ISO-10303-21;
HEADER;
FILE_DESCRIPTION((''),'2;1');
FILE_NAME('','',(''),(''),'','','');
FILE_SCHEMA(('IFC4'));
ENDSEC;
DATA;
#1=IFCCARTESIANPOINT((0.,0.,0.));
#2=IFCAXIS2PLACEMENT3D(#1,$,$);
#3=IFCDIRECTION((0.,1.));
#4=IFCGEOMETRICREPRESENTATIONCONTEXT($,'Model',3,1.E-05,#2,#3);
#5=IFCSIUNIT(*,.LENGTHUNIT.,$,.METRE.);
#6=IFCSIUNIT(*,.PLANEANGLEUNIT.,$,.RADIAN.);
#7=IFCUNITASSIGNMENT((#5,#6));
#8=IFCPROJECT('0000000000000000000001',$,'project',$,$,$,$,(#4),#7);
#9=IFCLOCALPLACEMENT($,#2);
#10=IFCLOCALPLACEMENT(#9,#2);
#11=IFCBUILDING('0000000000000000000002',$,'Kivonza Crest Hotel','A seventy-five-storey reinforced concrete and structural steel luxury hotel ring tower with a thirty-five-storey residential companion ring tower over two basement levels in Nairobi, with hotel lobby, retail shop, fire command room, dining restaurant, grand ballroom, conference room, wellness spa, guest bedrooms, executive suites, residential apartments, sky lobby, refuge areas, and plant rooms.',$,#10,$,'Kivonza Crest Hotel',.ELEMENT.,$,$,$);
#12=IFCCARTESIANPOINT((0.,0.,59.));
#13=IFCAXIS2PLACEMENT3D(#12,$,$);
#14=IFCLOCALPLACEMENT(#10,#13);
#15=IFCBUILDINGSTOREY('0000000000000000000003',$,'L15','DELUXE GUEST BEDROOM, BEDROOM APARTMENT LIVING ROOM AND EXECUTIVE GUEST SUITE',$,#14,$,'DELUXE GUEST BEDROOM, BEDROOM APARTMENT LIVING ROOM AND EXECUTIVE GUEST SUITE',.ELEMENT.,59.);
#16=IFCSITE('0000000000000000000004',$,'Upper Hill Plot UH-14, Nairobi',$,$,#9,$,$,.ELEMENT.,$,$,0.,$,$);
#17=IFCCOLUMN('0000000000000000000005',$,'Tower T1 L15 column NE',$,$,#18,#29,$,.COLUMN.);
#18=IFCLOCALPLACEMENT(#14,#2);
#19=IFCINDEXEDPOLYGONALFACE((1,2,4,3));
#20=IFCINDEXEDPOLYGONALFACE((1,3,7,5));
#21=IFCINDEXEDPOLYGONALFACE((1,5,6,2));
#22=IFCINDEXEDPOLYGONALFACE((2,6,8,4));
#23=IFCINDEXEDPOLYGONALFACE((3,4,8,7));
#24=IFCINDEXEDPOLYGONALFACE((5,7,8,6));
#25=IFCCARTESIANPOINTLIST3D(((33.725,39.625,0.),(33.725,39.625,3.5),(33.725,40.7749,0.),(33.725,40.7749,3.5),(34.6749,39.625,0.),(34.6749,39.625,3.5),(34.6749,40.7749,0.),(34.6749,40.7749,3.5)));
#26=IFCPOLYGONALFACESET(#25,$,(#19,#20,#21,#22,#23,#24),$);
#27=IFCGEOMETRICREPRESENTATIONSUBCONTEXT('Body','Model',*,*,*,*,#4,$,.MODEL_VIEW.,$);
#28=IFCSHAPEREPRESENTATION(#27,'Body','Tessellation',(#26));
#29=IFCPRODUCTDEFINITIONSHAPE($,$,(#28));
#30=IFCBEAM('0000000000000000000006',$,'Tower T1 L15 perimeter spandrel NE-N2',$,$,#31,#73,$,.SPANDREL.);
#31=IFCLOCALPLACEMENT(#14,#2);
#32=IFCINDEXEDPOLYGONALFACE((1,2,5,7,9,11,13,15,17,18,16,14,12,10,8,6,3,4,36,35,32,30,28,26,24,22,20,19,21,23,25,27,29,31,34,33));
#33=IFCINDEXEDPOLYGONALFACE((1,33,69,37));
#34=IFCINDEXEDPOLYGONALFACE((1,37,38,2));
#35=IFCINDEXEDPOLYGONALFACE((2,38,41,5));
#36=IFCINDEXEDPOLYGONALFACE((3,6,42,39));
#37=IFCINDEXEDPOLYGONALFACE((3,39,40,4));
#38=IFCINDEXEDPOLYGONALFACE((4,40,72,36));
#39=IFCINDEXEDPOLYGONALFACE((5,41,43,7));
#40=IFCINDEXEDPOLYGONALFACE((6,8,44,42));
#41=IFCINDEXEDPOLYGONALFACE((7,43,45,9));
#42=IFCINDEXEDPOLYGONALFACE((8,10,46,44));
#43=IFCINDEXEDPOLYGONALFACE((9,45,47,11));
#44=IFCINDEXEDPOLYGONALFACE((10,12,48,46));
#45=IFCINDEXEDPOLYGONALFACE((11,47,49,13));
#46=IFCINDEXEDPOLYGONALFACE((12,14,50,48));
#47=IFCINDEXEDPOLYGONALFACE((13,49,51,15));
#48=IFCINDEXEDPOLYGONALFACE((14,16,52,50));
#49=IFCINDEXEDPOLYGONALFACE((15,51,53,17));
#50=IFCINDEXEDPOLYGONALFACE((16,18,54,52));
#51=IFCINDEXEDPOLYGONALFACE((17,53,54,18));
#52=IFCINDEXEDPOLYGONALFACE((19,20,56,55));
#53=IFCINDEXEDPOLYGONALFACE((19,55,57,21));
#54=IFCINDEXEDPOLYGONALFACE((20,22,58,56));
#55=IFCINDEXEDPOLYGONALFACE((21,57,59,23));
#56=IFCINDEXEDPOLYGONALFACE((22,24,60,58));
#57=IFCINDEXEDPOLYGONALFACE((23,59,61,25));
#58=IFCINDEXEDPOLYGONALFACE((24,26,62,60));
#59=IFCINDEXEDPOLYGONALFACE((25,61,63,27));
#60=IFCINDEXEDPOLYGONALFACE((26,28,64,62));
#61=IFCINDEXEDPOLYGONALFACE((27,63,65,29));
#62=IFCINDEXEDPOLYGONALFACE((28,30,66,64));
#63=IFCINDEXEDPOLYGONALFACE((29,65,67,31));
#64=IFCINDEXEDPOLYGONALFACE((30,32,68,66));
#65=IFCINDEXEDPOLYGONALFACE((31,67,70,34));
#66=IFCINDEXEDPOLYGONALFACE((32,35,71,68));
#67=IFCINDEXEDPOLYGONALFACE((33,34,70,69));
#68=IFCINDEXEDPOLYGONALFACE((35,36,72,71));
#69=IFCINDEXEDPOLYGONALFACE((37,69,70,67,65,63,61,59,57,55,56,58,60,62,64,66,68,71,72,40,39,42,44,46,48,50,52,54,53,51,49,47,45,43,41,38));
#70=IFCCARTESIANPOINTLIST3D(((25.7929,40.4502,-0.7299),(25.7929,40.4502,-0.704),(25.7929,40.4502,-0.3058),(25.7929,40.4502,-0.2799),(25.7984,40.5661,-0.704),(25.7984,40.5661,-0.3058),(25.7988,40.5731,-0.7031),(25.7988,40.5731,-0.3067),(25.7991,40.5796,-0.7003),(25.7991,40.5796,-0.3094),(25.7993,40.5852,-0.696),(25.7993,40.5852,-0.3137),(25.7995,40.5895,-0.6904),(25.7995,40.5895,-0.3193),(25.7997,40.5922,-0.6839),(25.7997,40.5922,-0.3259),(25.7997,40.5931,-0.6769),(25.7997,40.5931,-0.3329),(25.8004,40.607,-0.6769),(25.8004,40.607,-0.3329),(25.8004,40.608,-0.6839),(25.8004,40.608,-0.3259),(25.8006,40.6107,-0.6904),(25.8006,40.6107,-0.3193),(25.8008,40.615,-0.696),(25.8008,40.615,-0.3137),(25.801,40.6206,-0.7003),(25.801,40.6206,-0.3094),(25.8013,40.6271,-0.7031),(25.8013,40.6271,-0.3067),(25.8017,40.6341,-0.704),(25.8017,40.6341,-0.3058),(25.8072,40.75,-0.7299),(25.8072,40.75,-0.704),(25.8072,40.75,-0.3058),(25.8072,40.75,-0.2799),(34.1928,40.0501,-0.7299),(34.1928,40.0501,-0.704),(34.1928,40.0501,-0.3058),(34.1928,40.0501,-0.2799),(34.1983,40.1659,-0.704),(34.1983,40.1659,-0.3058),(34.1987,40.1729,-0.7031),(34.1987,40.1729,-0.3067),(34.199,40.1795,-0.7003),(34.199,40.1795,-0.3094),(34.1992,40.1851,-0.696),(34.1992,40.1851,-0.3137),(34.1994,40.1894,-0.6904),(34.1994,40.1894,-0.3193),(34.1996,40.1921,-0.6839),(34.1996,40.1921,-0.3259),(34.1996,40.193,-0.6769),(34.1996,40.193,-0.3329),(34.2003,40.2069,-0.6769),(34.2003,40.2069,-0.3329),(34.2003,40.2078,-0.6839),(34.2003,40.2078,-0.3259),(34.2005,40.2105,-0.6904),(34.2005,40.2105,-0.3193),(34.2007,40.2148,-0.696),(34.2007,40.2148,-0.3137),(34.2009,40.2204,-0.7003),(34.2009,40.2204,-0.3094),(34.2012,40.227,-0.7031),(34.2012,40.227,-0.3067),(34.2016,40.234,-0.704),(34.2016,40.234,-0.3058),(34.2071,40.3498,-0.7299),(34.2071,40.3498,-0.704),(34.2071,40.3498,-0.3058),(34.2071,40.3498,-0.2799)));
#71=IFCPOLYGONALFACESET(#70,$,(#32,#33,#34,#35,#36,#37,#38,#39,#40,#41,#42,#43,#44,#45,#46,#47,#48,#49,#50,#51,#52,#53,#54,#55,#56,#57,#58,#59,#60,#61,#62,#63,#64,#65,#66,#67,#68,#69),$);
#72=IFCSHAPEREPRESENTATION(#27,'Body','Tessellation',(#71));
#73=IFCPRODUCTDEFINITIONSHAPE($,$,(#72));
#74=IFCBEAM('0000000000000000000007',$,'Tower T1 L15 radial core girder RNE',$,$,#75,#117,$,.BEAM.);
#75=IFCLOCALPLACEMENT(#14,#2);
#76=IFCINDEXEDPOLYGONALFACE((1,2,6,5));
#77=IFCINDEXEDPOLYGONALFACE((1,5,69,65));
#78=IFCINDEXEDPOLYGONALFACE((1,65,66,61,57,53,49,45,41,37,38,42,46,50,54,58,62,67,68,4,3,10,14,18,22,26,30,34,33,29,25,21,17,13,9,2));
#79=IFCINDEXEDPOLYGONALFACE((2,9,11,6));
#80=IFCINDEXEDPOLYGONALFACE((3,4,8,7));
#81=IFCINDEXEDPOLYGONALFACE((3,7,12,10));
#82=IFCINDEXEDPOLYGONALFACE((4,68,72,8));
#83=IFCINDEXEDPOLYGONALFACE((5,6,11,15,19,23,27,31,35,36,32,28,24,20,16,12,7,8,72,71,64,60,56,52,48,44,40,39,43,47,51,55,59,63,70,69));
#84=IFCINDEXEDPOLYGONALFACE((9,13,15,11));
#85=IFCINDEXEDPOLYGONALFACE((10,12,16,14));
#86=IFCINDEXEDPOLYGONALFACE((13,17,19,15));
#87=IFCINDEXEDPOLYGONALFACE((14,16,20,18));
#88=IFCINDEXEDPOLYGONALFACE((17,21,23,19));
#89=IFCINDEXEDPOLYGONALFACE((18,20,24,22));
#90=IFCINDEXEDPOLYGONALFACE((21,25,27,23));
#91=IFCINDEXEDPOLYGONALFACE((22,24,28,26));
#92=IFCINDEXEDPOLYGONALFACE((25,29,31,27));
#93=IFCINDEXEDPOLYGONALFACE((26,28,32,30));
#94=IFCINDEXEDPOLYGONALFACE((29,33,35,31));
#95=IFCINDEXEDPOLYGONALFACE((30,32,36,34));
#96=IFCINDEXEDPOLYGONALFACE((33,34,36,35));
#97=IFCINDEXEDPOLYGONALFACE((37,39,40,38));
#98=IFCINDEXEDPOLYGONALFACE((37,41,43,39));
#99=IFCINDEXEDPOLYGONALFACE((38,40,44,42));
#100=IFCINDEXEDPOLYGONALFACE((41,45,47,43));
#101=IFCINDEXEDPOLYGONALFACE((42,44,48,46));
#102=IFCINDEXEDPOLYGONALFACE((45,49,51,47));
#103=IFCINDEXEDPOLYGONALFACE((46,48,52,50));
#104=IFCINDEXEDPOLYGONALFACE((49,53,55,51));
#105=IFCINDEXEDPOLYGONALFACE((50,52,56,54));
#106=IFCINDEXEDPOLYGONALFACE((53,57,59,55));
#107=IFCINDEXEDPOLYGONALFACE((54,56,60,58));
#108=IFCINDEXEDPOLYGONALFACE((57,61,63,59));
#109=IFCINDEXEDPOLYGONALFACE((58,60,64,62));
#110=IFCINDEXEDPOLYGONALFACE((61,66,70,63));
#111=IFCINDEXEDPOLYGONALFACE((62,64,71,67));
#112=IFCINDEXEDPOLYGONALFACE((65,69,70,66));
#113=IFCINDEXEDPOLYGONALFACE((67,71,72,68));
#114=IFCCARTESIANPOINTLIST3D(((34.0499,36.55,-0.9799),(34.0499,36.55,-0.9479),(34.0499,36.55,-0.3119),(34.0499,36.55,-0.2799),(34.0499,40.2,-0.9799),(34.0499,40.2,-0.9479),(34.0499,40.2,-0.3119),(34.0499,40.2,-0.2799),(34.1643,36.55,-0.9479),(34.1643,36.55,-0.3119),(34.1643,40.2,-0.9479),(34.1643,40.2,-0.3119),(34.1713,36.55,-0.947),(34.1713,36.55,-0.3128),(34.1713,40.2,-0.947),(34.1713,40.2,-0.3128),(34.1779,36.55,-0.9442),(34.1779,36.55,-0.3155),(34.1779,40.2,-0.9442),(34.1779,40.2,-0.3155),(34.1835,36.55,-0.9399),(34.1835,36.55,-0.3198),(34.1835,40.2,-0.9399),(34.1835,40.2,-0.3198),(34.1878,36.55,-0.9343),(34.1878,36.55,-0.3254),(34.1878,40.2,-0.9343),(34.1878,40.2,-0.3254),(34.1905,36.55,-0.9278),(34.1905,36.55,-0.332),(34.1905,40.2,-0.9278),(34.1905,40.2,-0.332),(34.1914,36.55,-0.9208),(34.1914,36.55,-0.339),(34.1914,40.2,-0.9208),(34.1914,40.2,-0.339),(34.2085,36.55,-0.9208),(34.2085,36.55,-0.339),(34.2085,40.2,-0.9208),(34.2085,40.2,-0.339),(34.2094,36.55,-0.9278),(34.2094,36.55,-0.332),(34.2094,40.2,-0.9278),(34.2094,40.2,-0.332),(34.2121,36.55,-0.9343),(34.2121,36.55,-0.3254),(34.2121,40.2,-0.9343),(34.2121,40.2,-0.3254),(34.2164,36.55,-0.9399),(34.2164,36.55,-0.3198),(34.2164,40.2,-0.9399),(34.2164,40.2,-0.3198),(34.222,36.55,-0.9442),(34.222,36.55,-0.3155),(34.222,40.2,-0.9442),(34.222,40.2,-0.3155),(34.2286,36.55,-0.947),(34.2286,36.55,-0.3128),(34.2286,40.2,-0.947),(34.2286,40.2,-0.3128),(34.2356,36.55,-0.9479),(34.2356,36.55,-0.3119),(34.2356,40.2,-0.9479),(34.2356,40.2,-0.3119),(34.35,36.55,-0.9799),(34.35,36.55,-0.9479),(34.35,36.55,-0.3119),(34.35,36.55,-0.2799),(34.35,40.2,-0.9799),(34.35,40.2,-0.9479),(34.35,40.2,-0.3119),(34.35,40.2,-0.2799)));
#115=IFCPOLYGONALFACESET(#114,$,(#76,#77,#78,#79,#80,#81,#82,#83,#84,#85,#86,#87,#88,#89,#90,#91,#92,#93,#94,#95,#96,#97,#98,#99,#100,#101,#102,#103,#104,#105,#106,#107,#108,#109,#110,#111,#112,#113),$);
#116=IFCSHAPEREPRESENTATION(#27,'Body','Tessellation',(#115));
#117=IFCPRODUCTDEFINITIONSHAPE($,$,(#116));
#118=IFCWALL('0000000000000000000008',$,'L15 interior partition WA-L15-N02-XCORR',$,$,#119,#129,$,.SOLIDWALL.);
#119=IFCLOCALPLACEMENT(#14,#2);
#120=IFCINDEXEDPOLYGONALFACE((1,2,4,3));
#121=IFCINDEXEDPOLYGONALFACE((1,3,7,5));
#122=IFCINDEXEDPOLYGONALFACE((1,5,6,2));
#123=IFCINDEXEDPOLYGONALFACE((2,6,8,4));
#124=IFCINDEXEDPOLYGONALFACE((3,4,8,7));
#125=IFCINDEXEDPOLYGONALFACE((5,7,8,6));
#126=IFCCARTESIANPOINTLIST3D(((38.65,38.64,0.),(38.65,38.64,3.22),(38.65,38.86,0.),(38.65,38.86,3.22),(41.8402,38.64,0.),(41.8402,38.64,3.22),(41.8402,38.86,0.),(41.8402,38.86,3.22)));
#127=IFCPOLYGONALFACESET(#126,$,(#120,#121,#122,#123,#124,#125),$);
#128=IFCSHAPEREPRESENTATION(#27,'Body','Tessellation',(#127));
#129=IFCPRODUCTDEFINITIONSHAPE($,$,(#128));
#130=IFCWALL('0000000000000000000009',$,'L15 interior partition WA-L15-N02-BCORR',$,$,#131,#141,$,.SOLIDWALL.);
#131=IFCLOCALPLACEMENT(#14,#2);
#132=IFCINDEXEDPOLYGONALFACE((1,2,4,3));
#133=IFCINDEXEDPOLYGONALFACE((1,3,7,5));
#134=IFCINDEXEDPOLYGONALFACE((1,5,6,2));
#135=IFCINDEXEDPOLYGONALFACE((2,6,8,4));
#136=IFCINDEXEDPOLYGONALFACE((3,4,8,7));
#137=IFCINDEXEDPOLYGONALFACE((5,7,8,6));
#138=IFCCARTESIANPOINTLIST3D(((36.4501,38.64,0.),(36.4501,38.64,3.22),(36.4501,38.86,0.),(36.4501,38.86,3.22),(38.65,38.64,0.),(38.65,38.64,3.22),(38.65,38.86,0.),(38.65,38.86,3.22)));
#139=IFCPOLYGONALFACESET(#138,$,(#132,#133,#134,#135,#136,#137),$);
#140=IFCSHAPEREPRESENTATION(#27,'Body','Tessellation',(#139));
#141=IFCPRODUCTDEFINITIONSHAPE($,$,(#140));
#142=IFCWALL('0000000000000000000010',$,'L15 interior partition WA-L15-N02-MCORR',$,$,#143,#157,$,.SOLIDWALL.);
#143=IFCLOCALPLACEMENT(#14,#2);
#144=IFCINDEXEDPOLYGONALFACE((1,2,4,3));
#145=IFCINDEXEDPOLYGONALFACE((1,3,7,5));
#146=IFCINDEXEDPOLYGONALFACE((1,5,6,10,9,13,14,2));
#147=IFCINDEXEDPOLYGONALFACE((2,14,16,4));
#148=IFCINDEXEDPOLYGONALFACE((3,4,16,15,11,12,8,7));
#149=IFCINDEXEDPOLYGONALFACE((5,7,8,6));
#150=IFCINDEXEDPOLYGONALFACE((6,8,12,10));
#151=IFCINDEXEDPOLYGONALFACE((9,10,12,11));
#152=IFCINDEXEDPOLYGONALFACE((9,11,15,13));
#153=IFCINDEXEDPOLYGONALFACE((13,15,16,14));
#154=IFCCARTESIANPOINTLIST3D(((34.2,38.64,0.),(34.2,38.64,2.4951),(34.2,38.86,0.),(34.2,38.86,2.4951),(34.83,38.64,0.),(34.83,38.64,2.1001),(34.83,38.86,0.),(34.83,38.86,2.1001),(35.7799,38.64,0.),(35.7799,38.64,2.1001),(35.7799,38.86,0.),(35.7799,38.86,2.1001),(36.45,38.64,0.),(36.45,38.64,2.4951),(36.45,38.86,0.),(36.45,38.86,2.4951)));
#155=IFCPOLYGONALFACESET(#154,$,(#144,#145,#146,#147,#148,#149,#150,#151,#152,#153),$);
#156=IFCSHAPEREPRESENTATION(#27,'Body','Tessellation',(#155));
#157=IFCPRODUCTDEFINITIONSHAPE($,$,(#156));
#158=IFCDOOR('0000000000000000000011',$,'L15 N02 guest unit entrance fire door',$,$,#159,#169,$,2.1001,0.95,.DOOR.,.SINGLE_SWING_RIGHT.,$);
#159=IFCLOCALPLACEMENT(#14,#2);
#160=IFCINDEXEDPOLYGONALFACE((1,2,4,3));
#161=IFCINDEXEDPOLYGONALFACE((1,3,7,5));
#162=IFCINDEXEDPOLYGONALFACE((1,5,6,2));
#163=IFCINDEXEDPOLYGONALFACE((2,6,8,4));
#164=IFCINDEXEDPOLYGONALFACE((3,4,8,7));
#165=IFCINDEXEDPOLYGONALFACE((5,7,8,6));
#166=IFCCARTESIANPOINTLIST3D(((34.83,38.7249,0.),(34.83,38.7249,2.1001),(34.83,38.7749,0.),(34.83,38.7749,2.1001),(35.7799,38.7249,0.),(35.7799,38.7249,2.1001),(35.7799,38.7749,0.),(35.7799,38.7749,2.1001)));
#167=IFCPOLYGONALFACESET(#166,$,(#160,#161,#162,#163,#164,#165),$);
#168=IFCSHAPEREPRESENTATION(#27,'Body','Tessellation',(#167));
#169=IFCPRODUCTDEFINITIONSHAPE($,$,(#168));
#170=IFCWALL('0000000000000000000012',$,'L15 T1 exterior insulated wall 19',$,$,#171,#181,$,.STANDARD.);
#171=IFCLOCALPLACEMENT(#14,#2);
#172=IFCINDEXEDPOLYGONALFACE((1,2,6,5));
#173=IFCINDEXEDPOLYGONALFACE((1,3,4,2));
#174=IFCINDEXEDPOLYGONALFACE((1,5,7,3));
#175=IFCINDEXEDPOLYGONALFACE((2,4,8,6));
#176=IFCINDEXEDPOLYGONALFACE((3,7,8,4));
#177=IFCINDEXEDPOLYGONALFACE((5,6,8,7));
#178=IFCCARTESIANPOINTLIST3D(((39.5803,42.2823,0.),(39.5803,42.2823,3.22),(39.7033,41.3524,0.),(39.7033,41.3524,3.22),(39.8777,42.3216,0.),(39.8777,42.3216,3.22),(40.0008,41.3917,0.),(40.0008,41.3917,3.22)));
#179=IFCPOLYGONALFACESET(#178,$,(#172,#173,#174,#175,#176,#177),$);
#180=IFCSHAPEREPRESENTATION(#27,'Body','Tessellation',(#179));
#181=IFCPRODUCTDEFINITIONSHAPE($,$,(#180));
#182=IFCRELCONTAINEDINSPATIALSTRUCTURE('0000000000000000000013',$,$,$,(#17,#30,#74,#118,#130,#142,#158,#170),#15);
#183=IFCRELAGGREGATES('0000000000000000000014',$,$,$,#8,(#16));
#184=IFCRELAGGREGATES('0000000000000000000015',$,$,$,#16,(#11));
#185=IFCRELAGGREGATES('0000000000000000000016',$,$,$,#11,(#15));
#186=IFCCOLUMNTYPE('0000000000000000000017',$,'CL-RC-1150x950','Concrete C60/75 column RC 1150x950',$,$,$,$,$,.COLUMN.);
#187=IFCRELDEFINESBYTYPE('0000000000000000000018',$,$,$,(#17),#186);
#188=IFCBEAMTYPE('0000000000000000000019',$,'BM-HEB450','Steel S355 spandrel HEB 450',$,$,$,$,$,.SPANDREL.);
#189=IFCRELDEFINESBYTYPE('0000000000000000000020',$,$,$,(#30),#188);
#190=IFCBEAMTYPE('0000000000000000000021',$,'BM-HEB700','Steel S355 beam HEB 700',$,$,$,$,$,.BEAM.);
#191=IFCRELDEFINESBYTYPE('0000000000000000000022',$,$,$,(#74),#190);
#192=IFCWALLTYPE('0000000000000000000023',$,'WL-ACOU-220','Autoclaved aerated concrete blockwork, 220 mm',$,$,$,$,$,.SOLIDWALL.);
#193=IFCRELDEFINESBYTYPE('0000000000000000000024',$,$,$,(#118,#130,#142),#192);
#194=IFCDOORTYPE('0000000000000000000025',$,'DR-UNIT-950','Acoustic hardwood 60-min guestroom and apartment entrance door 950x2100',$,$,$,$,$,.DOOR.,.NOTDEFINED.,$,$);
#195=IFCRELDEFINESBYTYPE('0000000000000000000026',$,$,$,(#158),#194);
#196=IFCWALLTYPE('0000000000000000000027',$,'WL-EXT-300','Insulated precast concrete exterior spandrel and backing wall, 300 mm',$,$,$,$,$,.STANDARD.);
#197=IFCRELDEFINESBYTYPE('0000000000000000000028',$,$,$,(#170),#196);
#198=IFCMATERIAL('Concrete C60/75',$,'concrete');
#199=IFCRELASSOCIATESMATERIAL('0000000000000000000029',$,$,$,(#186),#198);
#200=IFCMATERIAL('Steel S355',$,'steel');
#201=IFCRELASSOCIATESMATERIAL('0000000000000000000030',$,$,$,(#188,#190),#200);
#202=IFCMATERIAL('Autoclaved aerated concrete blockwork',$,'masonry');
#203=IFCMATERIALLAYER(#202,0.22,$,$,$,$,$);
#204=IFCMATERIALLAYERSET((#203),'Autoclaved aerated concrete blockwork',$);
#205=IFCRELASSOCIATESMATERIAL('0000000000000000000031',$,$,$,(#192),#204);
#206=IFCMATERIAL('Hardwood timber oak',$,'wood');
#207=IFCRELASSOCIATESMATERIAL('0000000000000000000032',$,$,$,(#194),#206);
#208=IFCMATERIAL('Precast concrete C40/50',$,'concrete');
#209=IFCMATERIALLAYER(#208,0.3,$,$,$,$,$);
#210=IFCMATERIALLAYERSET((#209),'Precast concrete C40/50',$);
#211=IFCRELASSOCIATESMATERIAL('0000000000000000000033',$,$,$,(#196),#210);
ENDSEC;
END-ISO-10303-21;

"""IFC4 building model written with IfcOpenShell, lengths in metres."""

from ifc_helpers import new_model, si_unit, direction, frame, frame_2d, origin, origin_2d, place, context, subcontext, project, spatial, rectangle, i_section, extrude, material, layer, layer_set, material_profile, profile_set, type_object, element, fill, save


model = new_model("IFC4")

# Units and contexts
model_context = context("Model", 3, precision=1e-05, world=origin(), true_north=direction((0.0, 1.0)))
body_context = subcontext(model_context, "Body", "Model", "MODEL_VIEW")
ifc_project = project(units=[si_unit("LENGTHUNIT", "METRE"), si_unit("PLANEANGLEUNIT", "RADIAN")], contexts=[model_context])

# Site, building, storey
site_placement = place(None, origin())
site = spatial("IfcSite", under=ifc_project, at=site_placement, Name="Upper Hill Plot UH-14, Nairobi", CompositionType="ELEMENT", RefElevation=0.0)
building_placement = place(site_placement, origin())
building = spatial("IfcBuilding", under=site, at=building_placement, Name="Kivonza Crest Hotel", Description="A seventy-five-storey reinforced concrete and structural steel luxury hotel ring tower with a thirty-five-storey residential companion ring tower over two basement levels in Nairobi, with hotel lobby, retail shop, fire command room, dining restaurant, grand ballroom, conference room, wellness spa, guest bedrooms, executive suites, residential apartments, sky lobby, refuge areas, and plant rooms.", LongName="Kivonza Crest Hotel", CompositionType="ELEMENT")
storey_placement = place(building_placement, frame((0.0, 0.0, 59.0)))
storey = spatial("IfcBuildingStorey", under=building, at=storey_placement, Name="L15", Description="DELUXE GUEST BEDROOM, BEDROOM APARTMENT LIVING ROOM AND EXECUTIVE GUEST SUITE", LongName="DELUXE GUEST BEDROOM, BEDROOM APARTMENT LIVING ROOM AND EXECUTIVE GUEST SUITE", CompositionType="ELEMENT", Elevation=59.0)

# Column
ifc_material_1 = material(Name="Concrete C60/75", Category="concrete")
ifc_material_profile_1 = material_profile(ifc_material_1, rectangle(XDim=0.95, YDim=1.1499, at=origin_2d()), Name="RC 1150x950")
ifc_profile_set_1 = profile_set([ifc_material_profile_1], Name="Concrete C60/75")
column_type = type_object("IfcColumnType", Name="CL-RC-1150x950", Description="Concrete C60/75 column RC 1150x950", PredefinedType="COLUMN", material=ifc_profile_set_1)
column_placement = place(storey_placement, frame((34.2, 40.2, 0.0), z_axis=(0.0, 0.0, 1.0), x_axis=(1.0, 0.0, 0.0)))
element("IfcColumn", 1, at=column_placement, inside=storey, type_object=column_type, Name="Tower T1 L15 column NE", PredefinedType="COLUMN", context=body_context, shape_type="SweptSolid", body=[
    extrude(rectangle(XDim=0.95, YDim=1.1499, at=origin_2d()), origin(), (0.0, 0.0, 1.0), 3.5),
])

# Beams
ifc_material_2 = material(Name="Steel S355", Category="steel")
ifc_material_profile_2 = material_profile(ifc_material_2, i_section(OverallWidth=0.3, OverallDepth=0.45, WebThickness=0.0139, FlangeThickness=0.0259, FilletRadius=0.0271, at=origin_2d()), Name="HEB 450")
ifc_profile_set_2 = profile_set([ifc_material_profile_2], Name="Steel S355")
beam_type_1 = type_object("IfcBeamType", Name="BM-HEB450", Description="Steel S355 spandrel HEB 450", PredefinedType="SPANDREL", material=ifc_profile_set_2)
beam_1_placement = place(storey_placement, frame((34.2, 40.2, -0.5049), z_axis=(-0.998867, 0.047583, 0.0), x_axis=(-0.047583, -0.998867, 0.0)))
element("IfcBeam", 2, at=beam_1_placement, inside=storey, type_object=beam_type_1, Name="Tower T1 L15 perimeter spandrel NE-N2", PredefinedType="SPANDREL", context=body_context, shape_type="SweptSolid", body=[
    extrude(i_section(OverallWidth=0.3, OverallDepth=0.45, WebThickness=0.0139, FlangeThickness=0.0259, FilletRadius=0.0271, at=origin_2d()), origin(), (0.0, 0.0, 1.0), 8.4094),
])
ifc_material_profile_3 = material_profile(ifc_material_2, i_section(OverallWidth=0.3, OverallDepth=0.7, WebThickness=0.0171, FlangeThickness=0.032, FilletRadius=0.0271, at=origin_2d()), Name="HEB 700")
ifc_profile_set_3 = profile_set([ifc_material_profile_3], Name="Steel S355")
beam_type_2 = type_object("IfcBeamType", Name="BM-HEB700", Description="Steel S355 beam HEB 700", PredefinedType="BEAM", material=ifc_profile_set_3)
beam_2_placement = place(storey_placement, frame((34.2, 40.2, -0.6299), z_axis=(0.0, -1.0, 0.0), x_axis=(1.0, 0.0, 0.0)))
element("IfcBeam", 3, at=beam_2_placement, inside=storey, type_object=beam_type_2, Name="Tower T1 L15 radial core girder RNE", PredefinedType="BEAM", context=body_context, shape_type="SweptSolid", body=[
    extrude(i_section(OverallWidth=0.3, OverallDepth=0.7, WebThickness=0.0171, FlangeThickness=0.032, FilletRadius=0.0271, at=origin_2d()), origin(), (0.0, 0.0, 1.0), 3.6499),
])

# Walls
ifc_material_3 = material(Name="Autoclaved aerated concrete blockwork", Category="masonry")
ifc_layer_1 = layer(ifc_material_3, 0.22)
ifc_layer_set_1 = layer_set([ifc_layer_1], Name="Autoclaved aerated concrete blockwork")
wall_type_1 = type_object("IfcWallType", Name="WL-ACOU-220", Description="Autoclaved aerated concrete blockwork, 220 mm", PredefinedType="SOLIDWALL", material=ifc_layer_set_1)
wall_1_placement = place(storey_placement, frame((38.6499, 38.75, 0.0), z_axis=(0.0, 0.0, 1.0), x_axis=(1.0, 0.0, 0.0)))
element("IfcWall", 4, at=wall_1_placement, inside=storey, type_object=wall_type_1, Name="L15 interior partition WA-L15-N02-XCORR", PredefinedType="SOLIDWALL", context=body_context, shape_type="SweptSolid", body=[
    extrude(rectangle(XDim=3.1902, YDim=0.22, at=frame_2d((1.5952, 0.0))), origin(), (0.0, 0.0, 1.0), 3.22),
])
wall_2_placement = place(storey_placement, frame((36.45, 38.75, 0.0), z_axis=(0.0, 0.0, 1.0), x_axis=(1.0, 0.0, 0.0)))
element("IfcWall", 5, at=wall_2_placement, inside=storey, type_object=wall_type_1, Name="L15 interior partition WA-L15-N02-BCORR", PredefinedType="SOLIDWALL", context=body_context, shape_type="SweptSolid", body=[
    extrude(rectangle(XDim=2.2, YDim=0.22, at=frame_2d((1.1001, 0.0))), origin(), (0.0, 0.0, 1.0), 3.22),
])

# Wall, opening, door
wall_3_placement = place(storey_placement, frame((34.2, 38.75, 0.0), z_axis=(0.0, 0.0, 1.0), x_axis=(1.0, 0.0, 0.0)))
wall_3 = element("IfcWall", 6, at=wall_3_placement, inside=storey, type_object=wall_type_1, Name="L15 interior partition WA-L15-N02-MCORR", PredefinedType="SOLIDWALL", context=body_context, shape_type="SweptSolid", body=[
    extrude(rectangle(XDim=2.25, YDim=0.22, at=frame_2d((1.125, 0.0))), origin(), (0.0, 0.0, 1.0), 2.4951),
])
opening_1_placement = place(wall_3_placement, frame((0.6299, 0.0, 0.0)))
opening_1 = element("IfcOpeningElement", 7, at=opening_1_placement, cuts=wall_3, PredefinedType="OPENING", context=body_context, shape_type="SweptSolid", body=[
    extrude(rectangle(XDim=0.95, YDim=2.1001, at=frame_2d((0.4751, 1.05))), frame((0.0, 0.1201, 0.0), z_axis=(0.0, -1.0, 0.0), x_axis=(1.0, 0.0, 0.0)), (0.0, 0.0, 1.0), 0.24),
])
ifc_material_4 = material(Name="Hardwood timber oak", Category="wood")
door_type_1 = type_object("IfcDoorType", Name="DR-UNIT-950", Description="Acoustic hardwood 60-min guestroom and apartment entrance door 950x2100", OperationType="NOTDEFINED", PredefinedType="DOOR", material=ifc_material_4)
door_1_placement = place(opening_1_placement, origin())
door_1 = element("IfcDoor", 8, at=door_1_placement, inside=storey, type_object=door_type_1, Name="L15 N02 guest unit entrance fire door", OperationType="SINGLE_SWING_RIGHT", OverallHeight=2.1001, OverallWidth=0.95, PredefinedType="DOOR", context=body_context, shape_type="SweptSolid", body=[
    extrude(rectangle(XDim=0.95, YDim=2.1001, at=frame_2d((0.4751, 1.05))), frame((0.0, 0.0249, 0.0), z_axis=(0.0, -1.0, 0.0), x_axis=(1.0, 0.0, 0.0)), (0.0, 0.0, 1.0), 0.05),
])
fill(opening_1, door_1)

# Wall
ifc_material_5 = material(Name="Precast concrete C40/50", Category="concrete")
ifc_layer_2 = layer(ifc_material_5, 0.3)
ifc_layer_set_2 = layer_set([ifc_layer_2], Name="Precast concrete C40/50")
wall_type_2 = type_object("IfcWallType", Name="WL-EXT-300", Description="Insulated precast concrete exterior spandrel and backing wall, 300 mm", PredefinedType="STANDARD", material=ifc_layer_set_2)
wall_4_placement = place(storey_placement, frame((39.8521, 41.3721, 0.0), z_axis=(0.0, 0.0, 1.0), x_axis=(-0.131175, 0.991359, 0.0)))
element("IfcWall", 9, at=wall_4_placement, inside=storey, type_object=wall_type_2, Name="L15 T1 exterior insulated wall 19", PredefinedType="STANDARD", context=body_context, shape_type="SweptSolid", body=[
    extrude(rectangle(XDim=0.938, YDim=0.3, at=frame_2d((0.469, 0.0))), origin(), (0.0, 0.0, 1.0), 3.22),
])

save(model, "model.ifc")
